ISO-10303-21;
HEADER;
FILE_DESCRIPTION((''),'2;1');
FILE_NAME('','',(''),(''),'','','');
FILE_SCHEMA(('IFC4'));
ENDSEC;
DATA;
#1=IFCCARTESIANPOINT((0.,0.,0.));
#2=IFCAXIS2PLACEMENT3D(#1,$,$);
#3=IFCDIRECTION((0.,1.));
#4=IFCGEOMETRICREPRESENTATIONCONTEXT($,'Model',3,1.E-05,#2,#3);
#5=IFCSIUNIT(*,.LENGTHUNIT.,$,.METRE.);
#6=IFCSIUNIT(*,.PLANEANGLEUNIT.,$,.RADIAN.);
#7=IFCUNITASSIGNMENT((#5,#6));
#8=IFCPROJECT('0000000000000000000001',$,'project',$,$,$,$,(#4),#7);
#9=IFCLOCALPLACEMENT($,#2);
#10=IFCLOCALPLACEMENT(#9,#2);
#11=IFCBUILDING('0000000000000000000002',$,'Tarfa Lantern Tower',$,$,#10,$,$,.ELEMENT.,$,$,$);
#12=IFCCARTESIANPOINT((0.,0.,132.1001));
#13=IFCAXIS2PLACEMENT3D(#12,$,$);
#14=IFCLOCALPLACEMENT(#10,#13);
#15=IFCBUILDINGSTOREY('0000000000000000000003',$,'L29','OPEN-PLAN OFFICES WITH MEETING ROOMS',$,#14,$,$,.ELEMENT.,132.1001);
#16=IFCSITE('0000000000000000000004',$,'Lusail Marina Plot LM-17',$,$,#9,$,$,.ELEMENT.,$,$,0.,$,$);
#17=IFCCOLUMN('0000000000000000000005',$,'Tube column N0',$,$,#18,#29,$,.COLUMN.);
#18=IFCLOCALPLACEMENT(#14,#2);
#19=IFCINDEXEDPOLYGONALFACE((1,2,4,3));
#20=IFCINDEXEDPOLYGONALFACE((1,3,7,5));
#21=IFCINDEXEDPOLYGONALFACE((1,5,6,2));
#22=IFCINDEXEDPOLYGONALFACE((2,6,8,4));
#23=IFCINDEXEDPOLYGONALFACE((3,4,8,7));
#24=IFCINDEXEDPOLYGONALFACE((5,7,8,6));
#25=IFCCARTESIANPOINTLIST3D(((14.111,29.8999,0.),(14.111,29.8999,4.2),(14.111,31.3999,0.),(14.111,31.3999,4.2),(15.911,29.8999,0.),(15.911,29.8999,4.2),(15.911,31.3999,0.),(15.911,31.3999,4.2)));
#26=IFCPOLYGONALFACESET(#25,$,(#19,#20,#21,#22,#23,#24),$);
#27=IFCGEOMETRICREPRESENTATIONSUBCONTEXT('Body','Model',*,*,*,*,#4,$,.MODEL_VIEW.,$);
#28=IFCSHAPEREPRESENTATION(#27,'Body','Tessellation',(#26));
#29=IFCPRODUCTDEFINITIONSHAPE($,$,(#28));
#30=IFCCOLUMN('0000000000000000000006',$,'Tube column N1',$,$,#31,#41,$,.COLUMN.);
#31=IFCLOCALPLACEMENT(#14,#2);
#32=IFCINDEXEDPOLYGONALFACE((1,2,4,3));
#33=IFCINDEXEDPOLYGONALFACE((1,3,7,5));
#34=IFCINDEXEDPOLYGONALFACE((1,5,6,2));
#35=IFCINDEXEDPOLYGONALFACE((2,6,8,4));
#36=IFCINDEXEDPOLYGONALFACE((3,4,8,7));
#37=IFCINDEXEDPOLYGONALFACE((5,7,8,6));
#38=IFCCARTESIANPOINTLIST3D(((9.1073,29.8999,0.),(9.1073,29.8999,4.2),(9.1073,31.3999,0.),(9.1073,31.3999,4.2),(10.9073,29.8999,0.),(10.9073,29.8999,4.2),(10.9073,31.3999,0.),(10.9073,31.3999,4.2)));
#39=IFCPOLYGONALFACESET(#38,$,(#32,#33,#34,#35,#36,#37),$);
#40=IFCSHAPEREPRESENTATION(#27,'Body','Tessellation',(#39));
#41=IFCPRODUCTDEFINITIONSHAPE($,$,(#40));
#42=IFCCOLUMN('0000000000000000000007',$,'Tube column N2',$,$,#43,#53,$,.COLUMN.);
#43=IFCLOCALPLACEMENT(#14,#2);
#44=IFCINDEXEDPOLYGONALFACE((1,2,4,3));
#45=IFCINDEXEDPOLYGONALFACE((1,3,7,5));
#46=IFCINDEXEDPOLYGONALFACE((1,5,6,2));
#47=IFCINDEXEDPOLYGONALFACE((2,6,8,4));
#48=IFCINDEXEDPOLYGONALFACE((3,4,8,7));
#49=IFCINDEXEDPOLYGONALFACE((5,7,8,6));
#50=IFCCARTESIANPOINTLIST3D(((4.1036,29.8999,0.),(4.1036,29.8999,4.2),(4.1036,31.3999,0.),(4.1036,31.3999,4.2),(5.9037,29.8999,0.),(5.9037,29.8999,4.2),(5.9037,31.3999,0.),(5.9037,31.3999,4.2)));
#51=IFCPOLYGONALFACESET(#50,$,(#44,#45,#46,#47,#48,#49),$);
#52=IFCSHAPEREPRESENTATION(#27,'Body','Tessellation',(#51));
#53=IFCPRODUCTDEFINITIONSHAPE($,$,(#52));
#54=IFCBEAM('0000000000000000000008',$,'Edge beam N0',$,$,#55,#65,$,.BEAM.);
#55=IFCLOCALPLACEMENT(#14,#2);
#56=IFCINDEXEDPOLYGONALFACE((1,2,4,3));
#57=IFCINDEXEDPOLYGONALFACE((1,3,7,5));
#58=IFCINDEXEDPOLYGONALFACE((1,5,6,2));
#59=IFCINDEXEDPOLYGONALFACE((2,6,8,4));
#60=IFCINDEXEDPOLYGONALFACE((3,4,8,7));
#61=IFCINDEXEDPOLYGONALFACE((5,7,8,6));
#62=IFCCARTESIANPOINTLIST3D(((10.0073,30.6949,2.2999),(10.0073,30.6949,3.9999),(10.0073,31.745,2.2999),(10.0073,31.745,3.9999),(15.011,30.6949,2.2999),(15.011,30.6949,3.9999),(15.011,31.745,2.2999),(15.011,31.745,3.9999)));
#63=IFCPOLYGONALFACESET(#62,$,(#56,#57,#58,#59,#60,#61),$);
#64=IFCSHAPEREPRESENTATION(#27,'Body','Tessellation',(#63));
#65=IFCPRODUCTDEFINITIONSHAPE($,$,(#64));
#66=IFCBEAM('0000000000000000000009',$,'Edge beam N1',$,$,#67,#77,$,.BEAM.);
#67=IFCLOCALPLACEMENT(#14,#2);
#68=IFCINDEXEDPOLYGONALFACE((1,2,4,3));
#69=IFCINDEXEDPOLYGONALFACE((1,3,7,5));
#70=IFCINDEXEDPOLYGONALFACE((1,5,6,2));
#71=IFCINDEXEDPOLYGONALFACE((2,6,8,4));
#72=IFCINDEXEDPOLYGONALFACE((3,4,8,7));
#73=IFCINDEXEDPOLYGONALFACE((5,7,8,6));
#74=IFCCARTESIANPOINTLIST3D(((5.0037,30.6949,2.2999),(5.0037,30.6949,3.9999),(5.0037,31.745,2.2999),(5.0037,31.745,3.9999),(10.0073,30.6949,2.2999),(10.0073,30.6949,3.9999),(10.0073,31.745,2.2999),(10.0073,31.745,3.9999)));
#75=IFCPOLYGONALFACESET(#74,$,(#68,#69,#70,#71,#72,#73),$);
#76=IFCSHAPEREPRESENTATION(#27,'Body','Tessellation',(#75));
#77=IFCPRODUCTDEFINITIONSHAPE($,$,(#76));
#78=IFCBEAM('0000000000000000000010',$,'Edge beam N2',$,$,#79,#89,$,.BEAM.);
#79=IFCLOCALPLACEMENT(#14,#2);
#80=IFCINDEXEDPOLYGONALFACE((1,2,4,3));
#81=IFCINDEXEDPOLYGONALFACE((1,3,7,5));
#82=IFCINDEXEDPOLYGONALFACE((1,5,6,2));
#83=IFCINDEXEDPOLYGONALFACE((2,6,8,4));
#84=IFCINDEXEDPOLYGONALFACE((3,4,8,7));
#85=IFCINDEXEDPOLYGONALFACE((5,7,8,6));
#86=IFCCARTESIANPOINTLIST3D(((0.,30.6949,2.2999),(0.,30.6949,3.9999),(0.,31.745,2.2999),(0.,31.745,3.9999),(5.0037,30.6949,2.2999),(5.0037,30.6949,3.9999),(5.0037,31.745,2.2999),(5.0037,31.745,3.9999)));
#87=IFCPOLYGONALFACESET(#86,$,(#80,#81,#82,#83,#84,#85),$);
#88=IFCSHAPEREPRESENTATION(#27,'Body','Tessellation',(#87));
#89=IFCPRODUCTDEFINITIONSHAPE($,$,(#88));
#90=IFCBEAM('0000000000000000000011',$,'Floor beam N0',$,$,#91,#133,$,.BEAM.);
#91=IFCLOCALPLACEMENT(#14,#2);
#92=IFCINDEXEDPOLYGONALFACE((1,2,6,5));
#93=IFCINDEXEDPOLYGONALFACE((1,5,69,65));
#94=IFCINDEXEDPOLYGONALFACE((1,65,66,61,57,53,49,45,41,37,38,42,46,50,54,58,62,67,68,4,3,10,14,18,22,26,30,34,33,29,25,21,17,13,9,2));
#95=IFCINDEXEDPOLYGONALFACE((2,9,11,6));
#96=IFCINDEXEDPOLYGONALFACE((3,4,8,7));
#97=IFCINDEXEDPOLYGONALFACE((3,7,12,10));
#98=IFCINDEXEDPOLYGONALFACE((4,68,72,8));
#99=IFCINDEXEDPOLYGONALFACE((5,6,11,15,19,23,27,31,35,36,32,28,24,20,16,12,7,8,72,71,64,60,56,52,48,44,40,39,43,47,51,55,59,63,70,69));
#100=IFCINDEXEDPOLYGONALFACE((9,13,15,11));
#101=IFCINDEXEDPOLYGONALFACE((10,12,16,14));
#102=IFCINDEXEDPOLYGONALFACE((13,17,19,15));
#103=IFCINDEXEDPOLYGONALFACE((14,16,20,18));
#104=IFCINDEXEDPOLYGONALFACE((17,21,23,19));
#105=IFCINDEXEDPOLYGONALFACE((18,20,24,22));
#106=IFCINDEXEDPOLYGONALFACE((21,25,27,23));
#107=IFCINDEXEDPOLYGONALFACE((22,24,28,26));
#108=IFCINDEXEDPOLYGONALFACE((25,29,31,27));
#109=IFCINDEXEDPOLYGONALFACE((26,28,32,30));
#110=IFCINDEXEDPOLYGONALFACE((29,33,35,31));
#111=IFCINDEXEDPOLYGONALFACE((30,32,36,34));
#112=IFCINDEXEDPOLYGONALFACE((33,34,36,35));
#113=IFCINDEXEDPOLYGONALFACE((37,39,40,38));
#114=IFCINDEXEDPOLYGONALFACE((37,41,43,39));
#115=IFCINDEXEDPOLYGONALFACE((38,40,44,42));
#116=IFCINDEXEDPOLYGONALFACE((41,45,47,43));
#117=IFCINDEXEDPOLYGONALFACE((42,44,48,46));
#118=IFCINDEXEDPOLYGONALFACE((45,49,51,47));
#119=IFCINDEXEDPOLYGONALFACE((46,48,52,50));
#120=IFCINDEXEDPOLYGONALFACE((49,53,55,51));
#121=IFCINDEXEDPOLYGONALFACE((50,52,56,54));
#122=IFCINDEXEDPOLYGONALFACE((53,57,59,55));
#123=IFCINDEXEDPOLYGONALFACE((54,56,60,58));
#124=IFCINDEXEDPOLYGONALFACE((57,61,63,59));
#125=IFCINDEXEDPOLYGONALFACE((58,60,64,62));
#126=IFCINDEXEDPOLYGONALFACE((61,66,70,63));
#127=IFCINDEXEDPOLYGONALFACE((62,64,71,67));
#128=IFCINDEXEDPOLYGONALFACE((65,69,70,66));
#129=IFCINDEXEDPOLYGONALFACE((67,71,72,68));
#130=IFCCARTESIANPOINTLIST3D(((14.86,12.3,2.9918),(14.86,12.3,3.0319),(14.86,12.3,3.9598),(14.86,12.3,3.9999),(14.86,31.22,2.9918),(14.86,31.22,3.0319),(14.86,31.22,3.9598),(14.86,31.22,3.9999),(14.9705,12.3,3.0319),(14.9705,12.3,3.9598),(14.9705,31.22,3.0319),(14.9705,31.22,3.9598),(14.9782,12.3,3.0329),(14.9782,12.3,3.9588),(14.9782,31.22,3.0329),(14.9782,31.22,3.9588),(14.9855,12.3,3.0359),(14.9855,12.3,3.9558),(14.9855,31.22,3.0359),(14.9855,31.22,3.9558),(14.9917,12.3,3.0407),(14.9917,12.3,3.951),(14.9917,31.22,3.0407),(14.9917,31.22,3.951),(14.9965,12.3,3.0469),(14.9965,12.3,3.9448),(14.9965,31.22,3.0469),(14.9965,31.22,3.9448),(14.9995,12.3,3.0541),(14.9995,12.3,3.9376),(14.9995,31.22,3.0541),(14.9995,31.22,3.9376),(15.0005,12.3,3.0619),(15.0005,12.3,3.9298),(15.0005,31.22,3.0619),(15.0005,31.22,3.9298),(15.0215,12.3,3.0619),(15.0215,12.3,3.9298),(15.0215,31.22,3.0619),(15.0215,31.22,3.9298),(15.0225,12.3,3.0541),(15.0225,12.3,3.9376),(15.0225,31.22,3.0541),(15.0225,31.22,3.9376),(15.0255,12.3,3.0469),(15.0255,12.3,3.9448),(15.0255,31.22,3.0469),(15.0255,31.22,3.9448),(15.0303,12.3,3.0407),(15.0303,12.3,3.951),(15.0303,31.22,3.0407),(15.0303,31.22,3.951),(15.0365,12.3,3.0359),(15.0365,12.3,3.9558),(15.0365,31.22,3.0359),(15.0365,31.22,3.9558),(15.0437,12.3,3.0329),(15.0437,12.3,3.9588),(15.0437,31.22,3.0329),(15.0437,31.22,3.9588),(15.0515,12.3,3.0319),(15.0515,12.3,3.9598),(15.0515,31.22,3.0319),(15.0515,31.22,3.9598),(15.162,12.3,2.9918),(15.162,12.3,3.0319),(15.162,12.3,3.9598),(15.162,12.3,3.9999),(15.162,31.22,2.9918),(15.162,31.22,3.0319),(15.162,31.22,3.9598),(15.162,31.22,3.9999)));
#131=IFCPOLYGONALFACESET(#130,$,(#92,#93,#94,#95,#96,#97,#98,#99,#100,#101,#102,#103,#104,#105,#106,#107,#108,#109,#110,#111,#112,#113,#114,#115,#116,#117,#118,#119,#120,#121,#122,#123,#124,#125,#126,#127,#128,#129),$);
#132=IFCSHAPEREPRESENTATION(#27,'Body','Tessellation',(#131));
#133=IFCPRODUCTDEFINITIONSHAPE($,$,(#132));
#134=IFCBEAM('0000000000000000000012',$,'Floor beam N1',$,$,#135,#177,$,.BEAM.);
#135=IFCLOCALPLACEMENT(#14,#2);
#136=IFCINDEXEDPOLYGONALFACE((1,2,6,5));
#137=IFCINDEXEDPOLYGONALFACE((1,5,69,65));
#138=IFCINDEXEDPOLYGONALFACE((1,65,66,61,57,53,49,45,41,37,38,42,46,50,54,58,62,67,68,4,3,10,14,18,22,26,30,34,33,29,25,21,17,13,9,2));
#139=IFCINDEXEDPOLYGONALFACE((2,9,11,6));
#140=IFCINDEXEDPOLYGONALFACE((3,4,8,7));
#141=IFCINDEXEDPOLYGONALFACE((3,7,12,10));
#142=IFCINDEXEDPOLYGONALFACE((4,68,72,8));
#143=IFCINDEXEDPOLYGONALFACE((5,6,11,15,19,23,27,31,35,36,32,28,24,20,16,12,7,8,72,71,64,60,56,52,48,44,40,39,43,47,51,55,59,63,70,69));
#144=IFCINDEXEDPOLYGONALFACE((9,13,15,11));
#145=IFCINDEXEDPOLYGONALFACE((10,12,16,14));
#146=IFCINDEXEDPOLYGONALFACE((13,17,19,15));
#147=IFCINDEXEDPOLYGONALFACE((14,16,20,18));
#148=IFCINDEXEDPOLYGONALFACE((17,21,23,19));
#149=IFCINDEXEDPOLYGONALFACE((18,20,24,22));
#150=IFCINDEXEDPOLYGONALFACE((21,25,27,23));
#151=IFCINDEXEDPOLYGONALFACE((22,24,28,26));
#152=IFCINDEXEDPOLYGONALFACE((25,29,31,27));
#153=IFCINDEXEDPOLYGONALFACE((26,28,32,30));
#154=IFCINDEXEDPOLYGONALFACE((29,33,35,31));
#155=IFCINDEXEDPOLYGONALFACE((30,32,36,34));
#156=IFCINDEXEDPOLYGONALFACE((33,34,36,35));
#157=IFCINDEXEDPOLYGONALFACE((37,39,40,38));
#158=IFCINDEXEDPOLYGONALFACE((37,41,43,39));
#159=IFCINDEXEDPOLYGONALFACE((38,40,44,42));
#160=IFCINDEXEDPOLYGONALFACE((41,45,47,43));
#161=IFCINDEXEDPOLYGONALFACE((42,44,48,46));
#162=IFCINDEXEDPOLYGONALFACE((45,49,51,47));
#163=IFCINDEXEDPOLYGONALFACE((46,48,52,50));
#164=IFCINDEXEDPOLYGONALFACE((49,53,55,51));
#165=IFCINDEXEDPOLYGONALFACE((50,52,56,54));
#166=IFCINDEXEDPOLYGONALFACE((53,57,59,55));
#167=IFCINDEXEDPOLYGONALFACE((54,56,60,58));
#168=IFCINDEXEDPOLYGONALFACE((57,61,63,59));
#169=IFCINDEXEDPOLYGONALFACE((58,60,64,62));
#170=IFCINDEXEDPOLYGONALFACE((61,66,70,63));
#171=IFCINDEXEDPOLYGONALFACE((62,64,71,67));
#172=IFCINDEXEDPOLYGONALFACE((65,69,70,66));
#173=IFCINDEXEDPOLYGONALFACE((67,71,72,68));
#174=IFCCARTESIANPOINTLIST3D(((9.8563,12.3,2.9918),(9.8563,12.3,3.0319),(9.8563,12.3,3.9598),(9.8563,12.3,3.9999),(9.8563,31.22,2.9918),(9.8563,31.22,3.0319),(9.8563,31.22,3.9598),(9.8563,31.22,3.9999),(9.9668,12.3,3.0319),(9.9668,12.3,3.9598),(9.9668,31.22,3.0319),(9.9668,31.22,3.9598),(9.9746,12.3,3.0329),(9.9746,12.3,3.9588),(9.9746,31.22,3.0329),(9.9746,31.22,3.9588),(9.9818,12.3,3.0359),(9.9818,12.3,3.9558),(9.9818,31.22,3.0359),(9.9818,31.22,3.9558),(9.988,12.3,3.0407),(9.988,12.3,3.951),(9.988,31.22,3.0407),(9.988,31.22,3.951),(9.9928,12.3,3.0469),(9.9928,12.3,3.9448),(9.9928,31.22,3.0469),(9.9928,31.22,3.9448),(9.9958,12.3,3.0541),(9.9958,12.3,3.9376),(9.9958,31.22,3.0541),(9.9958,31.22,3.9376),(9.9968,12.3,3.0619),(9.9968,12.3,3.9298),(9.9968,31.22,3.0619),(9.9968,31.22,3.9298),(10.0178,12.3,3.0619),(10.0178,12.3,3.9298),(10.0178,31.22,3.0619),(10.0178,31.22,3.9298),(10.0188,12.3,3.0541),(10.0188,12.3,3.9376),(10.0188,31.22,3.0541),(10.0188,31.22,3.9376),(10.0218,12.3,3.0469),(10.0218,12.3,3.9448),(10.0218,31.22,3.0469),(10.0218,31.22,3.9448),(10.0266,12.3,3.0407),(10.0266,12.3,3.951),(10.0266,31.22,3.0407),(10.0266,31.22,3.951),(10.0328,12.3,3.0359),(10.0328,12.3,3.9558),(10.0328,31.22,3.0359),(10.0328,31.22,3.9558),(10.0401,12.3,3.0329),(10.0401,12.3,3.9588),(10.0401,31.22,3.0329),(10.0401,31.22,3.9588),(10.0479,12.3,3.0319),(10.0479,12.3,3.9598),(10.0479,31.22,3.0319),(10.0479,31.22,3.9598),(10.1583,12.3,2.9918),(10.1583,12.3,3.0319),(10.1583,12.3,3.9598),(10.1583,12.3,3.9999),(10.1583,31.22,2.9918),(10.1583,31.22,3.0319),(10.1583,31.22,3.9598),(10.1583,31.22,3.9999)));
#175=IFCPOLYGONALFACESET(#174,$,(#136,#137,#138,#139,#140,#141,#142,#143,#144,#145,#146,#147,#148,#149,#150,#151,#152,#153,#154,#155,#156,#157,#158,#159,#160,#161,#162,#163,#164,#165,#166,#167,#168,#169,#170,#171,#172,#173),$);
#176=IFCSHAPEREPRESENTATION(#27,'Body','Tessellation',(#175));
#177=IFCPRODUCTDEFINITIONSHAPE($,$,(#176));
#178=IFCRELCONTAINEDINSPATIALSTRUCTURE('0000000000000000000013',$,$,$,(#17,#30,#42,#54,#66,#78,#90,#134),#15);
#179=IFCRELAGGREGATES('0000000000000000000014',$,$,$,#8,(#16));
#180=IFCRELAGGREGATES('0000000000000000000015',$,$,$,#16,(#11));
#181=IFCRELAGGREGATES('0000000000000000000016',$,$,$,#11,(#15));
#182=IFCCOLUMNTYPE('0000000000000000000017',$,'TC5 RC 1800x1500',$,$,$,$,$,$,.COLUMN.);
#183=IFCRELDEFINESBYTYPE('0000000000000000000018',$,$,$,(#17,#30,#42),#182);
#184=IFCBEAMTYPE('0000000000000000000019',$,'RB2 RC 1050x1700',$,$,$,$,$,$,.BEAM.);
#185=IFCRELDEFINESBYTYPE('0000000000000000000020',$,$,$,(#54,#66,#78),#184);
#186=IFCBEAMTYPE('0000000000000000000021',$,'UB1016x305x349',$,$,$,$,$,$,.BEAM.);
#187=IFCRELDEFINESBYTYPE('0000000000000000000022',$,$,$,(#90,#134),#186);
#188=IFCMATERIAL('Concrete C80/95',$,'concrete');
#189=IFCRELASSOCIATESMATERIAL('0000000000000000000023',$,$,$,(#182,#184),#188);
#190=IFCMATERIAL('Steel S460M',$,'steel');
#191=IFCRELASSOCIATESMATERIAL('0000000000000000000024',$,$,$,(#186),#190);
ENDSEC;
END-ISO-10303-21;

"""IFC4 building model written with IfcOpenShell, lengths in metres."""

from ifc_helpers import new_model, si_unit, direction, frame, origin, origin_2d, place, context, subcontext, project, spatial, rectangle, i_section, extrude, material, material_profile, profile_set, type_object, element, save


model = new_model("IFC4")

# Units and contexts
model_context = context("Model", 3, precision=1e-05, world=origin(), true_north=direction((0.0, 1.0)))
body_context = subcontext(model_context, "Body", "Model", "MODEL_VIEW")
ifc_project = project(units=[si_unit("LENGTHUNIT", "METRE"), si_unit("PLANEANGLEUNIT", "RADIAN")], contexts=[model_context])

# Site, building, storey
site_placement = place(None, origin())
site = spatial("IfcSite", under=ifc_project, at=site_placement, Name="Lusail Marina Plot LM-17", CompositionType="ELEMENT", RefElevation=0.0)
building_placement = place(site_placement, origin())
building = spatial("IfcBuilding", under=site, at=building_placement, Name="Tarfa Lantern Tower", CompositionType="ELEMENT")
storey_placement = place(building_placement, frame((0.0, 0.0, 132.1001)))
storey = spatial("IfcBuildingStorey", under=building, at=storey_placement, Name="L29", Description="OPEN-PLAN OFFICES WITH MEETING ROOMS", CompositionType="ELEMENT", Elevation=132.1001)

# Columns
ifc_material_1 = material(Name="Concrete C80/95", Category="concrete")
ifc_material_profile_1 = material_profile(ifc_material_1, rectangle(XDim=1.8, YDim=1.5, at=origin_2d()), Name="RC 1800x1500")
ifc_profile_set_1 = profile_set([ifc_material_profile_1], Name="Concrete C80/95")
column_type = type_object("IfcColumnType", Name="TC5 RC 1800x1500", PredefinedType="COLUMN", material=ifc_profile_set_1)
for number, where, z_axis, x_axis, name in (
    (1, (15.011, 30.6499, 0.0), (0.0, 0.0, 1.0), (-1.0, 0.0, 0.0), "Tube column N0"),
    (2, (10.0073, 30.6499, 0.0), (0.0, 0.0, 1.0), (-1.0, 0.0, 0.0), "Tube column N1"),
    (3, (5.0037, 30.6499, 0.0), (0.0, 0.0, 1.0), (-1.0, 0.0, 0.0), "Tube column N2"),
):
    element("IfcColumn", number, at=place(storey_placement, frame(where, z_axis=z_axis, x_axis=x_axis)), inside=storey, type_object=column_type, Name=name, PredefinedType="COLUMN", context=body_context, shape_type="SweptSolid", body=[
        extrude(rectangle(XDim=1.8, YDim=1.5, at=origin_2d()), origin(), (0.0, 0.0, 1.0), 4.2),
    ])

# Beams
ifc_material_profile_2 = material_profile(ifc_material_1, rectangle(XDim=1.05, YDim=1.7, at=origin_2d()), Name="RC 1050x1700")
ifc_profile_set_2 = profile_set([ifc_material_profile_2], Name="Concrete C80/95")
beam_type_1 = type_object("IfcBeamType", Name="RB2 RC 1050x1700", PredefinedType="BEAM", material=ifc_profile_set_2)
for number, where, z_axis, x_axis, name in (
    (4, (15.011, 31.22, 3.1499), (-1.0, 0.0, 0.0), (0.0, -1.0, 0.0), "Edge beam N0"),
    (5, (10.0073, 31.22, 3.1499), (-1.0, 0.0, 0.0), (0.0, -1.0, 0.0), "Edge beam N1"),
    (6, (5.0037, 31.22, 3.1499), (-1.0, 0.0, 0.0), (0.0, -1.0, 0.0), "Edge beam N2"),
):
    element("IfcBeam", number, at=place(storey_placement, frame(where, z_axis=z_axis, x_axis=x_axis)), inside=storey, type_object=beam_type_1, Name=name, PredefinedType="BEAM", context=body_context, shape_type="SweptSolid", body=[
        extrude(rectangle(XDim=1.05, YDim=1.7, at=origin_2d()), origin(), (0.0, 0.0, 1.0), 5.0037),
    ])
ifc_material_2 = material(Name="Steel S460M", Category="steel")
ifc_material_profile_3 = material_profile(ifc_material_2, i_section(OverallWidth=0.302, OverallDepth=1.0081, WebThickness=0.021, FlangeThickness=0.04, FilletRadius=0.03, at=origin_2d()), Name="UB1016x305x349")
ifc_profile_set_3 = profile_set([ifc_material_profile_3], Name="Steel S460M")
beam_type_2 = type_object("IfcBeamType", Name="UB1016x305x349", PredefinedType="BEAM", material=ifc_profile_set_3)
for number, where, z_axis, x_axis, name in (
    (7, (15.011, 31.22, 3.4958), (0.0, -1.0, 0.0), (1.0, 0.0, 0.0), "Floor beam N0"),
    (8, (10.0073, 31.22, 3.4958), (0.0, -1.0, 0.0), (1.0, 0.0, 0.0), "Floor beam N1"),
):
    element("IfcBeam", number, at=place(storey_placement, frame(where, z_axis=z_axis, x_axis=x_axis)), inside=storey, type_object=beam_type_2, Name=name, PredefinedType="BEAM", context=body_context, shape_type="SweptSolid", body=[
        extrude(i_section(OverallWidth=0.302, OverallDepth=1.0081, WebThickness=0.021, FlangeThickness=0.04, FilletRadius=0.03, at=origin_2d()), origin(), (0.0, 0.0, 1.0), 18.9199),
    ])

save(model, "model.ifc")
